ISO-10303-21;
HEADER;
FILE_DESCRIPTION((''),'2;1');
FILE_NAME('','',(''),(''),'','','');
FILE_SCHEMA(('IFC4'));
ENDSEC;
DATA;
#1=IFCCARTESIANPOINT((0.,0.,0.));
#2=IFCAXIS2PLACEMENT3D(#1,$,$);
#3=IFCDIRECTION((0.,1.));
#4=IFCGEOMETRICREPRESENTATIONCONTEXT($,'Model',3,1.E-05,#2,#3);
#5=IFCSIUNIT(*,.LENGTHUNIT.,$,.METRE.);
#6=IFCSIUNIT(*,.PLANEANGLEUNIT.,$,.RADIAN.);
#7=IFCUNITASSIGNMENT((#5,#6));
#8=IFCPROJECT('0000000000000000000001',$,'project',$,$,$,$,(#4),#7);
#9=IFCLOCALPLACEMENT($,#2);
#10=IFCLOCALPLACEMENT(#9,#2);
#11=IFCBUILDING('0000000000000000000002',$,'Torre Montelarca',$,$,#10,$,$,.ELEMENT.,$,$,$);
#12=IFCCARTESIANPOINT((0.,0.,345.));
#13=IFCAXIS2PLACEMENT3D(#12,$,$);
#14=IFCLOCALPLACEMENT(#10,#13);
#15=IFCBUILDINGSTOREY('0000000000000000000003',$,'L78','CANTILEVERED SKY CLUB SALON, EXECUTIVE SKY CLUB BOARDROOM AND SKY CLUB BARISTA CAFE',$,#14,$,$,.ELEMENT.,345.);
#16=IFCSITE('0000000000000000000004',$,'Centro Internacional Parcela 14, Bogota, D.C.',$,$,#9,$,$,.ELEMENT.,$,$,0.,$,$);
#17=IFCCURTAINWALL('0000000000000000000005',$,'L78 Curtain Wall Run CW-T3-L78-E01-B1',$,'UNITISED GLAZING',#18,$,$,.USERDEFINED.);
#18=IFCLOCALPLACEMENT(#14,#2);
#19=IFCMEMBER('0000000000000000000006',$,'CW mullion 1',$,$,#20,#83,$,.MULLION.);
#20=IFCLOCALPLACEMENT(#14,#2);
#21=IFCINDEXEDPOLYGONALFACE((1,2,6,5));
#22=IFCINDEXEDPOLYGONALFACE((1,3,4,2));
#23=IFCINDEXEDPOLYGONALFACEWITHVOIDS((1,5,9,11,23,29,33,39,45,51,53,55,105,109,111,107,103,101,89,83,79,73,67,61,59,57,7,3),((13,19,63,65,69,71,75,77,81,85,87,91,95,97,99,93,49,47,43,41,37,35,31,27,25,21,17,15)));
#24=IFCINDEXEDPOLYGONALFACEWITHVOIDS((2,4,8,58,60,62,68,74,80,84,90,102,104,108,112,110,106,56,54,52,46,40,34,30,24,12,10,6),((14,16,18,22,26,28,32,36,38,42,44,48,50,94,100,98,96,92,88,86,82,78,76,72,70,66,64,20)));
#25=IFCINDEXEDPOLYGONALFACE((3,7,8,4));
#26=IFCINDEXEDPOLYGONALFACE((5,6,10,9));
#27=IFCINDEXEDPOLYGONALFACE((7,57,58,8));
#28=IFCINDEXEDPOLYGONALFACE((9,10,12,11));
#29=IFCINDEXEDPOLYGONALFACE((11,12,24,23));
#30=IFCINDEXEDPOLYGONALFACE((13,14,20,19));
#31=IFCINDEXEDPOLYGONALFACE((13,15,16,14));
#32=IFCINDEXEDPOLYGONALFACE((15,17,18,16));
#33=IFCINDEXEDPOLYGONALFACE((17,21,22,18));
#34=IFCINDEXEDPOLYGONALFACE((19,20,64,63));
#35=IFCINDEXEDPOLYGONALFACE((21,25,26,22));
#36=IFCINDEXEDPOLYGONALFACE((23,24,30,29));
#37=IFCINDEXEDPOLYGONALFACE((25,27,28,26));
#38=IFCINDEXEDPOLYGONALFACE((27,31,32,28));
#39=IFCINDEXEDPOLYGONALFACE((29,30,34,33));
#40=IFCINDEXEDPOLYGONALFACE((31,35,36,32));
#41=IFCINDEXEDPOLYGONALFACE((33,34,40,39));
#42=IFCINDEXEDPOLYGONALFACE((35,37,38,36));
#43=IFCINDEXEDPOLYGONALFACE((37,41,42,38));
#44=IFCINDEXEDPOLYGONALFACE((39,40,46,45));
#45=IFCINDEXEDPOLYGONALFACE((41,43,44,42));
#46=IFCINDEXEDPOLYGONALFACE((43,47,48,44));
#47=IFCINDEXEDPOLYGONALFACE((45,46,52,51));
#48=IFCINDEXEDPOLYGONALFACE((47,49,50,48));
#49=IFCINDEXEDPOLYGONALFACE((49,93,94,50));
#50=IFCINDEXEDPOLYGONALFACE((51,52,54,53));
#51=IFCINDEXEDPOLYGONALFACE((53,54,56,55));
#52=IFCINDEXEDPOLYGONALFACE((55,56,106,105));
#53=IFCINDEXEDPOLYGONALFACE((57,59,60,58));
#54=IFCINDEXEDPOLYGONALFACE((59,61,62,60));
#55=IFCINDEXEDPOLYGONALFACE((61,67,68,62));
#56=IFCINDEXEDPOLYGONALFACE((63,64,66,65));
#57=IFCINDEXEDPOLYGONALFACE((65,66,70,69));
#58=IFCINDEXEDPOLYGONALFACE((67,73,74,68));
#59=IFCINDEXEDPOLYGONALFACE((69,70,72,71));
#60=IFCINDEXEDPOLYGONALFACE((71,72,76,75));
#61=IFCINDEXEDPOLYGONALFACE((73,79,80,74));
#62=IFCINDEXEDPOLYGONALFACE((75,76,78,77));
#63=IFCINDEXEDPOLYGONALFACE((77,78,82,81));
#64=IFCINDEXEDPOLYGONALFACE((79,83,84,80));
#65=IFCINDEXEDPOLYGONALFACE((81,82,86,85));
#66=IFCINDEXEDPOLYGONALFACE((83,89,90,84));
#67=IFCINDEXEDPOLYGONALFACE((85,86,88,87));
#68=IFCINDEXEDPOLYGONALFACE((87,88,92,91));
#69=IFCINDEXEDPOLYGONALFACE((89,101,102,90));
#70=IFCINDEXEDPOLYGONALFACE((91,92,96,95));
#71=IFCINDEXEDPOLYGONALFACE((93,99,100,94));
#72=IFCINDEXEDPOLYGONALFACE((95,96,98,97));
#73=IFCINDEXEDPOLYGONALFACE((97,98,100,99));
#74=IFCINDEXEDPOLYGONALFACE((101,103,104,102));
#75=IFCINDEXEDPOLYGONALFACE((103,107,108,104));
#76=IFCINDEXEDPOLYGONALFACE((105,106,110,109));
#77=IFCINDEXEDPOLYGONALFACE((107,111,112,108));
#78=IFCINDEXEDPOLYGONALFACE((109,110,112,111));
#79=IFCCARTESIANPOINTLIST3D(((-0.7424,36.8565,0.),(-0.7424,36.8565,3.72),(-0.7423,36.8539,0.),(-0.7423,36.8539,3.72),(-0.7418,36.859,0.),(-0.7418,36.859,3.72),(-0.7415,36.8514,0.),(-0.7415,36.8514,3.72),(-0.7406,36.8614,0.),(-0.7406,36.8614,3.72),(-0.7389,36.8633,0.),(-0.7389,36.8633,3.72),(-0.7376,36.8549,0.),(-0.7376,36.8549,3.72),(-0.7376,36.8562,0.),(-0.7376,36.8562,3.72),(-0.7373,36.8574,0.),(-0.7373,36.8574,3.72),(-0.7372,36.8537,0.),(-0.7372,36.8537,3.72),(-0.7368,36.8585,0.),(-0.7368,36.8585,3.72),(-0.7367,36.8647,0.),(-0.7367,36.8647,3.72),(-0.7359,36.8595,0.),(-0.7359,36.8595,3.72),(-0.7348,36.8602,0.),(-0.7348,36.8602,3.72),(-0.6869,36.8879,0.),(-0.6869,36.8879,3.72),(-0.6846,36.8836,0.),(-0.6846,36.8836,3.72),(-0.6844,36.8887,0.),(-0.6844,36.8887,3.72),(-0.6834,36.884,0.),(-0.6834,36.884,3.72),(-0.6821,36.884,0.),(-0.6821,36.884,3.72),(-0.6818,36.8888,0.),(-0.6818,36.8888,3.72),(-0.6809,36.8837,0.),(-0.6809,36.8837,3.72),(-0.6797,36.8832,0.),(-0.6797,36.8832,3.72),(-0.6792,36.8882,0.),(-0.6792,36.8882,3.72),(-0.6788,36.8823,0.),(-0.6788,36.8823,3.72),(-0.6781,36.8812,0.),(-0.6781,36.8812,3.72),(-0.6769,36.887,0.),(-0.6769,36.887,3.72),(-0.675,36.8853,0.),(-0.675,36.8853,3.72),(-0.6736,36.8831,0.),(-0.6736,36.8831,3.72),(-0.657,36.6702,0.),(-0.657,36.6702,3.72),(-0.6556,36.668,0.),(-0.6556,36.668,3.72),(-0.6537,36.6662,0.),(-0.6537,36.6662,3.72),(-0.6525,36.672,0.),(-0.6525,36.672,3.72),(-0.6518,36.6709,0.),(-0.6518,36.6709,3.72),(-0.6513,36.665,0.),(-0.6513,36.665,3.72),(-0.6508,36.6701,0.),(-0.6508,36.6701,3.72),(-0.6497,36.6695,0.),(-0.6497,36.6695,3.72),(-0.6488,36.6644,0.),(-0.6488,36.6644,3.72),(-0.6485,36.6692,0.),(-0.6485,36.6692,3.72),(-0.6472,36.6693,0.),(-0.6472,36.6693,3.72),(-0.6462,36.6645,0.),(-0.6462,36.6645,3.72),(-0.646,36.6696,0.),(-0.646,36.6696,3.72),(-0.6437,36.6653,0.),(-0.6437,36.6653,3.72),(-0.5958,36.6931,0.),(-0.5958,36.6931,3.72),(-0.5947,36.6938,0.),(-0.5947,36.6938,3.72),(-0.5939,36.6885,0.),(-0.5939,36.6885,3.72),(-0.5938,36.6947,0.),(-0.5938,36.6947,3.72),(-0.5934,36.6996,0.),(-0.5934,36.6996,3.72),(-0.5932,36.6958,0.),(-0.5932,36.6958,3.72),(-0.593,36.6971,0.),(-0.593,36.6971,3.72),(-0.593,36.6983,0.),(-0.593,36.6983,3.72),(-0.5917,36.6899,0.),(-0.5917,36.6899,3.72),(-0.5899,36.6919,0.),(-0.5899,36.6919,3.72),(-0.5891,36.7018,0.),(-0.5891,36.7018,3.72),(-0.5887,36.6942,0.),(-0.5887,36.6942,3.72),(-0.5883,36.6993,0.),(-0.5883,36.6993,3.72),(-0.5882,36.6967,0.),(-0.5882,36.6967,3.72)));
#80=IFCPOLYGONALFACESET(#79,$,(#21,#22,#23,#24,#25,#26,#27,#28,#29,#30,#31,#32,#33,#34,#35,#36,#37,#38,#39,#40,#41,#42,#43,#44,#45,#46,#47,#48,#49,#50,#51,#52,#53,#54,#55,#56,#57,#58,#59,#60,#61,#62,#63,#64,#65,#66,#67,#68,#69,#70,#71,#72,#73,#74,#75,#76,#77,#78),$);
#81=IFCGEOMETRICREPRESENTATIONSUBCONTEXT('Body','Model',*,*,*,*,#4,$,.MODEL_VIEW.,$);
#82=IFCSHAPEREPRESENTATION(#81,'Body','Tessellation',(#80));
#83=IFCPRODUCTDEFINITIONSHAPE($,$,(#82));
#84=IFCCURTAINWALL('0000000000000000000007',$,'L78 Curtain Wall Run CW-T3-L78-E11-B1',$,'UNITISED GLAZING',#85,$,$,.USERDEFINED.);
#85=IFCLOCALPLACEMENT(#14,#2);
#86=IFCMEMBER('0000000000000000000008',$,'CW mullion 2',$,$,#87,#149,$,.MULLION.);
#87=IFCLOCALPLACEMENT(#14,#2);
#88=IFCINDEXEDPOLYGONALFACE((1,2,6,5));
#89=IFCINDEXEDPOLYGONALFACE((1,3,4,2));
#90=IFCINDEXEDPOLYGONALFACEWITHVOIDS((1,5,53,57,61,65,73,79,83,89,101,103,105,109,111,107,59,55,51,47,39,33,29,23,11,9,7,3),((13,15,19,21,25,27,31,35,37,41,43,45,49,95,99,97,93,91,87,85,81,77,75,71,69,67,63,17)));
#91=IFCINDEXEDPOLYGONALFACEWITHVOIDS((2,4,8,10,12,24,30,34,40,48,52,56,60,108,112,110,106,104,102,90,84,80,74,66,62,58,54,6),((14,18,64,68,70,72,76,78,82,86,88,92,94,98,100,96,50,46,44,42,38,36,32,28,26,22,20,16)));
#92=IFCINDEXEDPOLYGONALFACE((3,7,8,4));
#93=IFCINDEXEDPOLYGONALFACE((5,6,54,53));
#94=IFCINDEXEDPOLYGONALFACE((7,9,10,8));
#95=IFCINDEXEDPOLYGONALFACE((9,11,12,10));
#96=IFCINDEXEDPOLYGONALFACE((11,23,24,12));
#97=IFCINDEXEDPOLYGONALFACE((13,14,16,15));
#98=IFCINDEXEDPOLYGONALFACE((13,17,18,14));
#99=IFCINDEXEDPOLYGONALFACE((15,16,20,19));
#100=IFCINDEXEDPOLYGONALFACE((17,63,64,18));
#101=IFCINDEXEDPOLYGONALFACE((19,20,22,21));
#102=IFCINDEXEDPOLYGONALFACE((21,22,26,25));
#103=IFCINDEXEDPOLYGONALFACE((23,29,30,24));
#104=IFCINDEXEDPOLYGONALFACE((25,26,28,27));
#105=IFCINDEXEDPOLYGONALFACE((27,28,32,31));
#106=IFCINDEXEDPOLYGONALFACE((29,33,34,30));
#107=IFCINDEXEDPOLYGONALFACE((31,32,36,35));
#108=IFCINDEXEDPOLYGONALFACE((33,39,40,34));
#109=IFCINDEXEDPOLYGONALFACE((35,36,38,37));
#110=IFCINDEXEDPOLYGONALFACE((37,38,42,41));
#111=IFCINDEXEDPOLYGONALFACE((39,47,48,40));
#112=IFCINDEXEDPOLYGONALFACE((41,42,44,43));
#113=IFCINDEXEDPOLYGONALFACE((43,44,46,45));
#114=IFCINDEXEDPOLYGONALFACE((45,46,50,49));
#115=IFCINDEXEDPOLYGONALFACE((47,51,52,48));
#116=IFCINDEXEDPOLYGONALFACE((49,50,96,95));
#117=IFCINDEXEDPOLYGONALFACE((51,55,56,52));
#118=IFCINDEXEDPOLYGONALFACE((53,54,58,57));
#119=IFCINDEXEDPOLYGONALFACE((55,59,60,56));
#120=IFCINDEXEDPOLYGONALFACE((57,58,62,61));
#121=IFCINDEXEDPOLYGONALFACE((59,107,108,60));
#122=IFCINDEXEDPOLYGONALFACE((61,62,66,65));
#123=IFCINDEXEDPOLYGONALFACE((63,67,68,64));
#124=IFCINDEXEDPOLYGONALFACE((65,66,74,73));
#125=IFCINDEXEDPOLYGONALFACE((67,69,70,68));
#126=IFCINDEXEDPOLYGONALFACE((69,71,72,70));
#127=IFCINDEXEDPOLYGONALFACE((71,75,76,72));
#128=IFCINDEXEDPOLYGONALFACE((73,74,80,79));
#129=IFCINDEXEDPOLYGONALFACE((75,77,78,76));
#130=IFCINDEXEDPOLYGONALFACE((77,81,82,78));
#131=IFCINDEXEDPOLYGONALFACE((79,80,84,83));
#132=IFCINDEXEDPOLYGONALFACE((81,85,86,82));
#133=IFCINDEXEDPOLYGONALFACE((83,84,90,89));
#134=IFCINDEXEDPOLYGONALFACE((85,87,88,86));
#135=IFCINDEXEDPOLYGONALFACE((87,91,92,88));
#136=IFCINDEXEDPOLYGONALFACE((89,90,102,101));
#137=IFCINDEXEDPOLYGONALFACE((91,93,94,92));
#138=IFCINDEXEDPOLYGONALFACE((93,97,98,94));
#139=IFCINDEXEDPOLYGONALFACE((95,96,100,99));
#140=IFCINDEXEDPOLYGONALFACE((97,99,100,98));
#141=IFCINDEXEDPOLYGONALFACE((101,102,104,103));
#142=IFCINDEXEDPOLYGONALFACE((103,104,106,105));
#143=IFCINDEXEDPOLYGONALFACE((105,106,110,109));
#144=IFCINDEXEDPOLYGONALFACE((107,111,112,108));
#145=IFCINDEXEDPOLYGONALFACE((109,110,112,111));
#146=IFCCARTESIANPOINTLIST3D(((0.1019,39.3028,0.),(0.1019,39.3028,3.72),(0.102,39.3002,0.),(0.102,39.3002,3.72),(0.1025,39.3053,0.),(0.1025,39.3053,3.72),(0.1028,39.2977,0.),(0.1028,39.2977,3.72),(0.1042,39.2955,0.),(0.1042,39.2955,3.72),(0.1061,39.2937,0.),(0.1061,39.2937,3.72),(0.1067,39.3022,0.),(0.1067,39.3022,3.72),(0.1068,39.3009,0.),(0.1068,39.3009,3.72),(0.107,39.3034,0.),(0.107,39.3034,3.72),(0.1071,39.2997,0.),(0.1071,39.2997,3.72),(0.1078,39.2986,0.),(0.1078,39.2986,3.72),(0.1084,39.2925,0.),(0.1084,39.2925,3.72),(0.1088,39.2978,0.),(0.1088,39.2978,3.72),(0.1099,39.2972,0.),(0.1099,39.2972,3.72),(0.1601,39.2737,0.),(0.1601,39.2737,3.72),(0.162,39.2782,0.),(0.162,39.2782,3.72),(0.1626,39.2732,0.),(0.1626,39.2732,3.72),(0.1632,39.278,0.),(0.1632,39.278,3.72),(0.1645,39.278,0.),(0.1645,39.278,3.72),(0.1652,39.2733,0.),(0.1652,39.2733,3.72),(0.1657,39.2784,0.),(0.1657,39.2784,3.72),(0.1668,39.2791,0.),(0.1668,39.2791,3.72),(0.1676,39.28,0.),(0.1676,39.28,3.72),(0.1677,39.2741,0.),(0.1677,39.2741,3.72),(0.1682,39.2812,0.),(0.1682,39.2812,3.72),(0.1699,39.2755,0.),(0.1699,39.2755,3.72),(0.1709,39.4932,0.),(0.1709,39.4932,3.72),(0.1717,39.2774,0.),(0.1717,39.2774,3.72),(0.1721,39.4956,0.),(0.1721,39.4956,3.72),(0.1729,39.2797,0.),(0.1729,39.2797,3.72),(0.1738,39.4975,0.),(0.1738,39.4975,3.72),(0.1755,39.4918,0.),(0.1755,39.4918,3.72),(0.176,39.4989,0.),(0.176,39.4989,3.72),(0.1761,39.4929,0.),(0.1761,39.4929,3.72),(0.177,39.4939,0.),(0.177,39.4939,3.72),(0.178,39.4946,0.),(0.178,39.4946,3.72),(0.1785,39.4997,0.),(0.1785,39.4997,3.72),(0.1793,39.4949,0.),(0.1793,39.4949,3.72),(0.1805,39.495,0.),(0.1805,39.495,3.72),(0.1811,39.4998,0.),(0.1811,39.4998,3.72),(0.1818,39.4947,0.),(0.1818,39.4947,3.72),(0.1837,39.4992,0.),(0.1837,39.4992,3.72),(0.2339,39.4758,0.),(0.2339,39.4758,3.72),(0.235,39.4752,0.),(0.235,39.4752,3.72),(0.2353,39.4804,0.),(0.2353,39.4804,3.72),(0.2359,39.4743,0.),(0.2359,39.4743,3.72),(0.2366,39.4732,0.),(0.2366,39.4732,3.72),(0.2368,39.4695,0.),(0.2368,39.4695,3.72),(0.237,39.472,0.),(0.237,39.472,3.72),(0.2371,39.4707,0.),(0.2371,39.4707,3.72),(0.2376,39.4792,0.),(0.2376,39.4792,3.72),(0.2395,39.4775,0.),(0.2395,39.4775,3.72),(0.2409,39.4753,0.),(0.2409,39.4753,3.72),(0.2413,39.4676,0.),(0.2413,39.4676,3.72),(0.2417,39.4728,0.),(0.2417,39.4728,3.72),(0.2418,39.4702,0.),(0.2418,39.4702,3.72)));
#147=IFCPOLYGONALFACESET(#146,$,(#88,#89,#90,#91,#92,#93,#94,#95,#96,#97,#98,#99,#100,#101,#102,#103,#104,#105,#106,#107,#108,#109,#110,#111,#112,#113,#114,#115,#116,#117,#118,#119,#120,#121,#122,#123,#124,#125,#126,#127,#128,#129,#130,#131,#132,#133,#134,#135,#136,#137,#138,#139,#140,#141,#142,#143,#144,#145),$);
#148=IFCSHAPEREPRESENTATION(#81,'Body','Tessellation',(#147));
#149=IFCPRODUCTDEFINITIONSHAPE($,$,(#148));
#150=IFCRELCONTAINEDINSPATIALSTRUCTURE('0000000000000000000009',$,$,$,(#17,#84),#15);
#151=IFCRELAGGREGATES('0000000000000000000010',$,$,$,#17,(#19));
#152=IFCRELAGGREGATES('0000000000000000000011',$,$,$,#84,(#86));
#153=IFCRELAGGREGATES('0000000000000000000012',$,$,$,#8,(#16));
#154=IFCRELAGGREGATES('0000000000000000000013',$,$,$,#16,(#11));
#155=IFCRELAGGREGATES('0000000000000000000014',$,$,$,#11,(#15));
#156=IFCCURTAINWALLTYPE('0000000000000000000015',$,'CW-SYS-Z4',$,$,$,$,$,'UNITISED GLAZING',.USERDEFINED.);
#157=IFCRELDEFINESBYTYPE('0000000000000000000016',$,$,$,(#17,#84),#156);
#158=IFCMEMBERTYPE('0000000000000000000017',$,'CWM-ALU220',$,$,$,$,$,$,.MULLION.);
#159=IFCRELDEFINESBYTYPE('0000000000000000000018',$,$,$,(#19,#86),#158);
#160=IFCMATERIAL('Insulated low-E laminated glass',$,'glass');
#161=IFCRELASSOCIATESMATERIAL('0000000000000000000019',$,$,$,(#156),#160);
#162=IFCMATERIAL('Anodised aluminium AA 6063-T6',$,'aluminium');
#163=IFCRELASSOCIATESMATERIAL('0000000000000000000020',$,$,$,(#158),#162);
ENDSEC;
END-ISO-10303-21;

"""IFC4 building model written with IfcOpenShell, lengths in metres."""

from ifc_helpers import new_model, si_unit, direction, frame, origin, origin_2d, place, context, subcontext, project, spatial, hollow_rectangle, extrude, source, transform, mapped, material, material_profile, profile_set, type_object, element, aggregate, save


model = new_model("IFC4")

# Units and contexts
model_context = context("Model", 3, precision=1e-05, world=origin(), true_north=direction((0.0, 1.0)))
body_context = subcontext(model_context, "Body", "Model", "MODEL_VIEW")
ifc_project = project(units=[si_unit("LENGTHUNIT", "METRE"), si_unit("PLANEANGLEUNIT", "RADIAN")], contexts=[model_context])

# Site, building, storey
site_placement = place(None, origin())
site = spatial("IfcSite", under=ifc_project, at=site_placement, Name="Centro Internacional Parcela 14, Bogota, D.C.", CompositionType="ELEMENT", RefElevation=0.0)
building_placement = place(site_placement, origin())
building = spatial("IfcBuilding", under=site, at=building_placement, Name="Torre Montelarca", CompositionType="ELEMENT")
storey_placement = place(building_placement, frame((0.0, 0.0, 345.0)))
storey = spatial("IfcBuildingStorey", under=building, at=storey_placement, Name="L78", Description="CANTILEVERED SKY CLUB SALON, EXECUTIVE SKY CLUB BOARDROOM AND SKY CLUB BARISTA CAFE", CompositionType="ELEMENT", Elevation=345.0)

# Curtain wall, member
ifc_material_1 = material(Name="Insulated low-E laminated glass", Category="glass")
curtain_wall_type = type_object("IfcCurtainWallType", Name="CW-SYS-Z4", ElementType="UNITISED GLAZING", PredefinedType="USERDEFINED", material=ifc_material_1)
curtain_wall_1_placement = place(storey_placement, origin())
curtain_wall_1 = element("IfcCurtainWall", 1, at=curtain_wall_1_placement, inside=storey, type_object=curtain_wall_type, Name="L78 Curtain Wall Run CW-T3-L78-E01-B1", ObjectType="UNITISED GLAZING", PredefinedType="USERDEFINED")
ifc_material_2 = material(Name="Anodised aluminium AA 6063-T6", Category="aluminium")
ifc_material_profile_1 = material_profile(ifc_material_2, hollow_rectangle(XDim=0.075, YDim=0.22, WallThickness=0.0049, InnerFilletRadius=0.0049, OuterFilletRadius=0.01, at=origin_2d()), Name="ALU75X220X5", Category="aluminium")
ifc_profile_set_1 = profile_set([ifc_material_profile_1], Name="Anodised aluminium AA 6063-T6")
member_type_1 = type_object("IfcMemberType", Name="CWM-ALU220", PredefinedType="MULLION", material=ifc_profile_set_1)
shared_shape_1 = source(origin(), body_context, "Body", "SweptSolid", [
    extrude(hollow_rectangle(XDim=0.075, YDim=0.22, WallThickness=0.0049, InnerFilletRadius=0.0049, OuterFilletRadius=0.01, at=origin_2d()), origin(), (0.0, 0.0, 1.0), 3.72),
])
member_1_placement = place(storey_placement, frame((-0.6653, 36.7766, 0.0), z_axis=(0.0, 0.0, 1.0), x_axis=(0.90631, 0.422613, 0.0)))
member_1 = element("IfcMember", 2, at=member_1_placement, type_object=member_type_1, Name="CW mullion 1", PredefinedType="MULLION", context=body_context, shape_type="MappedRepresentation", body=[
    mapped(shared_shape_1, transform((0.0, 0.0, 0.0), scale=1.0)),
])

# Curtain wall, member
curtain_wall_2_placement = place(storey_placement, origin())
curtain_wall_2 = element("IfcCurtainWall", 3, at=curtain_wall_2_placement, inside=storey, type_object=curtain_wall_type, Name="L78 Curtain Wall Run CW-T3-L78-E11-B1", ObjectType="UNITISED GLAZING", PredefinedType="USERDEFINED")
member_2_placement = place(storey_placement, frame((0.1719, 39.3865, 0.0), z_axis=(0.0, 0.0, 1.0), x_axis=(0.939694, -0.342015, 0.0)))
member_2 = element("IfcMember", 4, at=member_2_placement, type_object=member_type_1, Name="CW mullion 2", PredefinedType="MULLION", context=body_context, shape_type="MappedRepresentation", body=[
    mapped(shared_shape_1, transform((0.0, 0.0, 0.0), scale=1.0)),
])

aggregate(curtain_wall_1, [member_1])

aggregate(curtain_wall_2, [member_2])

save(model, "model.ifc")
